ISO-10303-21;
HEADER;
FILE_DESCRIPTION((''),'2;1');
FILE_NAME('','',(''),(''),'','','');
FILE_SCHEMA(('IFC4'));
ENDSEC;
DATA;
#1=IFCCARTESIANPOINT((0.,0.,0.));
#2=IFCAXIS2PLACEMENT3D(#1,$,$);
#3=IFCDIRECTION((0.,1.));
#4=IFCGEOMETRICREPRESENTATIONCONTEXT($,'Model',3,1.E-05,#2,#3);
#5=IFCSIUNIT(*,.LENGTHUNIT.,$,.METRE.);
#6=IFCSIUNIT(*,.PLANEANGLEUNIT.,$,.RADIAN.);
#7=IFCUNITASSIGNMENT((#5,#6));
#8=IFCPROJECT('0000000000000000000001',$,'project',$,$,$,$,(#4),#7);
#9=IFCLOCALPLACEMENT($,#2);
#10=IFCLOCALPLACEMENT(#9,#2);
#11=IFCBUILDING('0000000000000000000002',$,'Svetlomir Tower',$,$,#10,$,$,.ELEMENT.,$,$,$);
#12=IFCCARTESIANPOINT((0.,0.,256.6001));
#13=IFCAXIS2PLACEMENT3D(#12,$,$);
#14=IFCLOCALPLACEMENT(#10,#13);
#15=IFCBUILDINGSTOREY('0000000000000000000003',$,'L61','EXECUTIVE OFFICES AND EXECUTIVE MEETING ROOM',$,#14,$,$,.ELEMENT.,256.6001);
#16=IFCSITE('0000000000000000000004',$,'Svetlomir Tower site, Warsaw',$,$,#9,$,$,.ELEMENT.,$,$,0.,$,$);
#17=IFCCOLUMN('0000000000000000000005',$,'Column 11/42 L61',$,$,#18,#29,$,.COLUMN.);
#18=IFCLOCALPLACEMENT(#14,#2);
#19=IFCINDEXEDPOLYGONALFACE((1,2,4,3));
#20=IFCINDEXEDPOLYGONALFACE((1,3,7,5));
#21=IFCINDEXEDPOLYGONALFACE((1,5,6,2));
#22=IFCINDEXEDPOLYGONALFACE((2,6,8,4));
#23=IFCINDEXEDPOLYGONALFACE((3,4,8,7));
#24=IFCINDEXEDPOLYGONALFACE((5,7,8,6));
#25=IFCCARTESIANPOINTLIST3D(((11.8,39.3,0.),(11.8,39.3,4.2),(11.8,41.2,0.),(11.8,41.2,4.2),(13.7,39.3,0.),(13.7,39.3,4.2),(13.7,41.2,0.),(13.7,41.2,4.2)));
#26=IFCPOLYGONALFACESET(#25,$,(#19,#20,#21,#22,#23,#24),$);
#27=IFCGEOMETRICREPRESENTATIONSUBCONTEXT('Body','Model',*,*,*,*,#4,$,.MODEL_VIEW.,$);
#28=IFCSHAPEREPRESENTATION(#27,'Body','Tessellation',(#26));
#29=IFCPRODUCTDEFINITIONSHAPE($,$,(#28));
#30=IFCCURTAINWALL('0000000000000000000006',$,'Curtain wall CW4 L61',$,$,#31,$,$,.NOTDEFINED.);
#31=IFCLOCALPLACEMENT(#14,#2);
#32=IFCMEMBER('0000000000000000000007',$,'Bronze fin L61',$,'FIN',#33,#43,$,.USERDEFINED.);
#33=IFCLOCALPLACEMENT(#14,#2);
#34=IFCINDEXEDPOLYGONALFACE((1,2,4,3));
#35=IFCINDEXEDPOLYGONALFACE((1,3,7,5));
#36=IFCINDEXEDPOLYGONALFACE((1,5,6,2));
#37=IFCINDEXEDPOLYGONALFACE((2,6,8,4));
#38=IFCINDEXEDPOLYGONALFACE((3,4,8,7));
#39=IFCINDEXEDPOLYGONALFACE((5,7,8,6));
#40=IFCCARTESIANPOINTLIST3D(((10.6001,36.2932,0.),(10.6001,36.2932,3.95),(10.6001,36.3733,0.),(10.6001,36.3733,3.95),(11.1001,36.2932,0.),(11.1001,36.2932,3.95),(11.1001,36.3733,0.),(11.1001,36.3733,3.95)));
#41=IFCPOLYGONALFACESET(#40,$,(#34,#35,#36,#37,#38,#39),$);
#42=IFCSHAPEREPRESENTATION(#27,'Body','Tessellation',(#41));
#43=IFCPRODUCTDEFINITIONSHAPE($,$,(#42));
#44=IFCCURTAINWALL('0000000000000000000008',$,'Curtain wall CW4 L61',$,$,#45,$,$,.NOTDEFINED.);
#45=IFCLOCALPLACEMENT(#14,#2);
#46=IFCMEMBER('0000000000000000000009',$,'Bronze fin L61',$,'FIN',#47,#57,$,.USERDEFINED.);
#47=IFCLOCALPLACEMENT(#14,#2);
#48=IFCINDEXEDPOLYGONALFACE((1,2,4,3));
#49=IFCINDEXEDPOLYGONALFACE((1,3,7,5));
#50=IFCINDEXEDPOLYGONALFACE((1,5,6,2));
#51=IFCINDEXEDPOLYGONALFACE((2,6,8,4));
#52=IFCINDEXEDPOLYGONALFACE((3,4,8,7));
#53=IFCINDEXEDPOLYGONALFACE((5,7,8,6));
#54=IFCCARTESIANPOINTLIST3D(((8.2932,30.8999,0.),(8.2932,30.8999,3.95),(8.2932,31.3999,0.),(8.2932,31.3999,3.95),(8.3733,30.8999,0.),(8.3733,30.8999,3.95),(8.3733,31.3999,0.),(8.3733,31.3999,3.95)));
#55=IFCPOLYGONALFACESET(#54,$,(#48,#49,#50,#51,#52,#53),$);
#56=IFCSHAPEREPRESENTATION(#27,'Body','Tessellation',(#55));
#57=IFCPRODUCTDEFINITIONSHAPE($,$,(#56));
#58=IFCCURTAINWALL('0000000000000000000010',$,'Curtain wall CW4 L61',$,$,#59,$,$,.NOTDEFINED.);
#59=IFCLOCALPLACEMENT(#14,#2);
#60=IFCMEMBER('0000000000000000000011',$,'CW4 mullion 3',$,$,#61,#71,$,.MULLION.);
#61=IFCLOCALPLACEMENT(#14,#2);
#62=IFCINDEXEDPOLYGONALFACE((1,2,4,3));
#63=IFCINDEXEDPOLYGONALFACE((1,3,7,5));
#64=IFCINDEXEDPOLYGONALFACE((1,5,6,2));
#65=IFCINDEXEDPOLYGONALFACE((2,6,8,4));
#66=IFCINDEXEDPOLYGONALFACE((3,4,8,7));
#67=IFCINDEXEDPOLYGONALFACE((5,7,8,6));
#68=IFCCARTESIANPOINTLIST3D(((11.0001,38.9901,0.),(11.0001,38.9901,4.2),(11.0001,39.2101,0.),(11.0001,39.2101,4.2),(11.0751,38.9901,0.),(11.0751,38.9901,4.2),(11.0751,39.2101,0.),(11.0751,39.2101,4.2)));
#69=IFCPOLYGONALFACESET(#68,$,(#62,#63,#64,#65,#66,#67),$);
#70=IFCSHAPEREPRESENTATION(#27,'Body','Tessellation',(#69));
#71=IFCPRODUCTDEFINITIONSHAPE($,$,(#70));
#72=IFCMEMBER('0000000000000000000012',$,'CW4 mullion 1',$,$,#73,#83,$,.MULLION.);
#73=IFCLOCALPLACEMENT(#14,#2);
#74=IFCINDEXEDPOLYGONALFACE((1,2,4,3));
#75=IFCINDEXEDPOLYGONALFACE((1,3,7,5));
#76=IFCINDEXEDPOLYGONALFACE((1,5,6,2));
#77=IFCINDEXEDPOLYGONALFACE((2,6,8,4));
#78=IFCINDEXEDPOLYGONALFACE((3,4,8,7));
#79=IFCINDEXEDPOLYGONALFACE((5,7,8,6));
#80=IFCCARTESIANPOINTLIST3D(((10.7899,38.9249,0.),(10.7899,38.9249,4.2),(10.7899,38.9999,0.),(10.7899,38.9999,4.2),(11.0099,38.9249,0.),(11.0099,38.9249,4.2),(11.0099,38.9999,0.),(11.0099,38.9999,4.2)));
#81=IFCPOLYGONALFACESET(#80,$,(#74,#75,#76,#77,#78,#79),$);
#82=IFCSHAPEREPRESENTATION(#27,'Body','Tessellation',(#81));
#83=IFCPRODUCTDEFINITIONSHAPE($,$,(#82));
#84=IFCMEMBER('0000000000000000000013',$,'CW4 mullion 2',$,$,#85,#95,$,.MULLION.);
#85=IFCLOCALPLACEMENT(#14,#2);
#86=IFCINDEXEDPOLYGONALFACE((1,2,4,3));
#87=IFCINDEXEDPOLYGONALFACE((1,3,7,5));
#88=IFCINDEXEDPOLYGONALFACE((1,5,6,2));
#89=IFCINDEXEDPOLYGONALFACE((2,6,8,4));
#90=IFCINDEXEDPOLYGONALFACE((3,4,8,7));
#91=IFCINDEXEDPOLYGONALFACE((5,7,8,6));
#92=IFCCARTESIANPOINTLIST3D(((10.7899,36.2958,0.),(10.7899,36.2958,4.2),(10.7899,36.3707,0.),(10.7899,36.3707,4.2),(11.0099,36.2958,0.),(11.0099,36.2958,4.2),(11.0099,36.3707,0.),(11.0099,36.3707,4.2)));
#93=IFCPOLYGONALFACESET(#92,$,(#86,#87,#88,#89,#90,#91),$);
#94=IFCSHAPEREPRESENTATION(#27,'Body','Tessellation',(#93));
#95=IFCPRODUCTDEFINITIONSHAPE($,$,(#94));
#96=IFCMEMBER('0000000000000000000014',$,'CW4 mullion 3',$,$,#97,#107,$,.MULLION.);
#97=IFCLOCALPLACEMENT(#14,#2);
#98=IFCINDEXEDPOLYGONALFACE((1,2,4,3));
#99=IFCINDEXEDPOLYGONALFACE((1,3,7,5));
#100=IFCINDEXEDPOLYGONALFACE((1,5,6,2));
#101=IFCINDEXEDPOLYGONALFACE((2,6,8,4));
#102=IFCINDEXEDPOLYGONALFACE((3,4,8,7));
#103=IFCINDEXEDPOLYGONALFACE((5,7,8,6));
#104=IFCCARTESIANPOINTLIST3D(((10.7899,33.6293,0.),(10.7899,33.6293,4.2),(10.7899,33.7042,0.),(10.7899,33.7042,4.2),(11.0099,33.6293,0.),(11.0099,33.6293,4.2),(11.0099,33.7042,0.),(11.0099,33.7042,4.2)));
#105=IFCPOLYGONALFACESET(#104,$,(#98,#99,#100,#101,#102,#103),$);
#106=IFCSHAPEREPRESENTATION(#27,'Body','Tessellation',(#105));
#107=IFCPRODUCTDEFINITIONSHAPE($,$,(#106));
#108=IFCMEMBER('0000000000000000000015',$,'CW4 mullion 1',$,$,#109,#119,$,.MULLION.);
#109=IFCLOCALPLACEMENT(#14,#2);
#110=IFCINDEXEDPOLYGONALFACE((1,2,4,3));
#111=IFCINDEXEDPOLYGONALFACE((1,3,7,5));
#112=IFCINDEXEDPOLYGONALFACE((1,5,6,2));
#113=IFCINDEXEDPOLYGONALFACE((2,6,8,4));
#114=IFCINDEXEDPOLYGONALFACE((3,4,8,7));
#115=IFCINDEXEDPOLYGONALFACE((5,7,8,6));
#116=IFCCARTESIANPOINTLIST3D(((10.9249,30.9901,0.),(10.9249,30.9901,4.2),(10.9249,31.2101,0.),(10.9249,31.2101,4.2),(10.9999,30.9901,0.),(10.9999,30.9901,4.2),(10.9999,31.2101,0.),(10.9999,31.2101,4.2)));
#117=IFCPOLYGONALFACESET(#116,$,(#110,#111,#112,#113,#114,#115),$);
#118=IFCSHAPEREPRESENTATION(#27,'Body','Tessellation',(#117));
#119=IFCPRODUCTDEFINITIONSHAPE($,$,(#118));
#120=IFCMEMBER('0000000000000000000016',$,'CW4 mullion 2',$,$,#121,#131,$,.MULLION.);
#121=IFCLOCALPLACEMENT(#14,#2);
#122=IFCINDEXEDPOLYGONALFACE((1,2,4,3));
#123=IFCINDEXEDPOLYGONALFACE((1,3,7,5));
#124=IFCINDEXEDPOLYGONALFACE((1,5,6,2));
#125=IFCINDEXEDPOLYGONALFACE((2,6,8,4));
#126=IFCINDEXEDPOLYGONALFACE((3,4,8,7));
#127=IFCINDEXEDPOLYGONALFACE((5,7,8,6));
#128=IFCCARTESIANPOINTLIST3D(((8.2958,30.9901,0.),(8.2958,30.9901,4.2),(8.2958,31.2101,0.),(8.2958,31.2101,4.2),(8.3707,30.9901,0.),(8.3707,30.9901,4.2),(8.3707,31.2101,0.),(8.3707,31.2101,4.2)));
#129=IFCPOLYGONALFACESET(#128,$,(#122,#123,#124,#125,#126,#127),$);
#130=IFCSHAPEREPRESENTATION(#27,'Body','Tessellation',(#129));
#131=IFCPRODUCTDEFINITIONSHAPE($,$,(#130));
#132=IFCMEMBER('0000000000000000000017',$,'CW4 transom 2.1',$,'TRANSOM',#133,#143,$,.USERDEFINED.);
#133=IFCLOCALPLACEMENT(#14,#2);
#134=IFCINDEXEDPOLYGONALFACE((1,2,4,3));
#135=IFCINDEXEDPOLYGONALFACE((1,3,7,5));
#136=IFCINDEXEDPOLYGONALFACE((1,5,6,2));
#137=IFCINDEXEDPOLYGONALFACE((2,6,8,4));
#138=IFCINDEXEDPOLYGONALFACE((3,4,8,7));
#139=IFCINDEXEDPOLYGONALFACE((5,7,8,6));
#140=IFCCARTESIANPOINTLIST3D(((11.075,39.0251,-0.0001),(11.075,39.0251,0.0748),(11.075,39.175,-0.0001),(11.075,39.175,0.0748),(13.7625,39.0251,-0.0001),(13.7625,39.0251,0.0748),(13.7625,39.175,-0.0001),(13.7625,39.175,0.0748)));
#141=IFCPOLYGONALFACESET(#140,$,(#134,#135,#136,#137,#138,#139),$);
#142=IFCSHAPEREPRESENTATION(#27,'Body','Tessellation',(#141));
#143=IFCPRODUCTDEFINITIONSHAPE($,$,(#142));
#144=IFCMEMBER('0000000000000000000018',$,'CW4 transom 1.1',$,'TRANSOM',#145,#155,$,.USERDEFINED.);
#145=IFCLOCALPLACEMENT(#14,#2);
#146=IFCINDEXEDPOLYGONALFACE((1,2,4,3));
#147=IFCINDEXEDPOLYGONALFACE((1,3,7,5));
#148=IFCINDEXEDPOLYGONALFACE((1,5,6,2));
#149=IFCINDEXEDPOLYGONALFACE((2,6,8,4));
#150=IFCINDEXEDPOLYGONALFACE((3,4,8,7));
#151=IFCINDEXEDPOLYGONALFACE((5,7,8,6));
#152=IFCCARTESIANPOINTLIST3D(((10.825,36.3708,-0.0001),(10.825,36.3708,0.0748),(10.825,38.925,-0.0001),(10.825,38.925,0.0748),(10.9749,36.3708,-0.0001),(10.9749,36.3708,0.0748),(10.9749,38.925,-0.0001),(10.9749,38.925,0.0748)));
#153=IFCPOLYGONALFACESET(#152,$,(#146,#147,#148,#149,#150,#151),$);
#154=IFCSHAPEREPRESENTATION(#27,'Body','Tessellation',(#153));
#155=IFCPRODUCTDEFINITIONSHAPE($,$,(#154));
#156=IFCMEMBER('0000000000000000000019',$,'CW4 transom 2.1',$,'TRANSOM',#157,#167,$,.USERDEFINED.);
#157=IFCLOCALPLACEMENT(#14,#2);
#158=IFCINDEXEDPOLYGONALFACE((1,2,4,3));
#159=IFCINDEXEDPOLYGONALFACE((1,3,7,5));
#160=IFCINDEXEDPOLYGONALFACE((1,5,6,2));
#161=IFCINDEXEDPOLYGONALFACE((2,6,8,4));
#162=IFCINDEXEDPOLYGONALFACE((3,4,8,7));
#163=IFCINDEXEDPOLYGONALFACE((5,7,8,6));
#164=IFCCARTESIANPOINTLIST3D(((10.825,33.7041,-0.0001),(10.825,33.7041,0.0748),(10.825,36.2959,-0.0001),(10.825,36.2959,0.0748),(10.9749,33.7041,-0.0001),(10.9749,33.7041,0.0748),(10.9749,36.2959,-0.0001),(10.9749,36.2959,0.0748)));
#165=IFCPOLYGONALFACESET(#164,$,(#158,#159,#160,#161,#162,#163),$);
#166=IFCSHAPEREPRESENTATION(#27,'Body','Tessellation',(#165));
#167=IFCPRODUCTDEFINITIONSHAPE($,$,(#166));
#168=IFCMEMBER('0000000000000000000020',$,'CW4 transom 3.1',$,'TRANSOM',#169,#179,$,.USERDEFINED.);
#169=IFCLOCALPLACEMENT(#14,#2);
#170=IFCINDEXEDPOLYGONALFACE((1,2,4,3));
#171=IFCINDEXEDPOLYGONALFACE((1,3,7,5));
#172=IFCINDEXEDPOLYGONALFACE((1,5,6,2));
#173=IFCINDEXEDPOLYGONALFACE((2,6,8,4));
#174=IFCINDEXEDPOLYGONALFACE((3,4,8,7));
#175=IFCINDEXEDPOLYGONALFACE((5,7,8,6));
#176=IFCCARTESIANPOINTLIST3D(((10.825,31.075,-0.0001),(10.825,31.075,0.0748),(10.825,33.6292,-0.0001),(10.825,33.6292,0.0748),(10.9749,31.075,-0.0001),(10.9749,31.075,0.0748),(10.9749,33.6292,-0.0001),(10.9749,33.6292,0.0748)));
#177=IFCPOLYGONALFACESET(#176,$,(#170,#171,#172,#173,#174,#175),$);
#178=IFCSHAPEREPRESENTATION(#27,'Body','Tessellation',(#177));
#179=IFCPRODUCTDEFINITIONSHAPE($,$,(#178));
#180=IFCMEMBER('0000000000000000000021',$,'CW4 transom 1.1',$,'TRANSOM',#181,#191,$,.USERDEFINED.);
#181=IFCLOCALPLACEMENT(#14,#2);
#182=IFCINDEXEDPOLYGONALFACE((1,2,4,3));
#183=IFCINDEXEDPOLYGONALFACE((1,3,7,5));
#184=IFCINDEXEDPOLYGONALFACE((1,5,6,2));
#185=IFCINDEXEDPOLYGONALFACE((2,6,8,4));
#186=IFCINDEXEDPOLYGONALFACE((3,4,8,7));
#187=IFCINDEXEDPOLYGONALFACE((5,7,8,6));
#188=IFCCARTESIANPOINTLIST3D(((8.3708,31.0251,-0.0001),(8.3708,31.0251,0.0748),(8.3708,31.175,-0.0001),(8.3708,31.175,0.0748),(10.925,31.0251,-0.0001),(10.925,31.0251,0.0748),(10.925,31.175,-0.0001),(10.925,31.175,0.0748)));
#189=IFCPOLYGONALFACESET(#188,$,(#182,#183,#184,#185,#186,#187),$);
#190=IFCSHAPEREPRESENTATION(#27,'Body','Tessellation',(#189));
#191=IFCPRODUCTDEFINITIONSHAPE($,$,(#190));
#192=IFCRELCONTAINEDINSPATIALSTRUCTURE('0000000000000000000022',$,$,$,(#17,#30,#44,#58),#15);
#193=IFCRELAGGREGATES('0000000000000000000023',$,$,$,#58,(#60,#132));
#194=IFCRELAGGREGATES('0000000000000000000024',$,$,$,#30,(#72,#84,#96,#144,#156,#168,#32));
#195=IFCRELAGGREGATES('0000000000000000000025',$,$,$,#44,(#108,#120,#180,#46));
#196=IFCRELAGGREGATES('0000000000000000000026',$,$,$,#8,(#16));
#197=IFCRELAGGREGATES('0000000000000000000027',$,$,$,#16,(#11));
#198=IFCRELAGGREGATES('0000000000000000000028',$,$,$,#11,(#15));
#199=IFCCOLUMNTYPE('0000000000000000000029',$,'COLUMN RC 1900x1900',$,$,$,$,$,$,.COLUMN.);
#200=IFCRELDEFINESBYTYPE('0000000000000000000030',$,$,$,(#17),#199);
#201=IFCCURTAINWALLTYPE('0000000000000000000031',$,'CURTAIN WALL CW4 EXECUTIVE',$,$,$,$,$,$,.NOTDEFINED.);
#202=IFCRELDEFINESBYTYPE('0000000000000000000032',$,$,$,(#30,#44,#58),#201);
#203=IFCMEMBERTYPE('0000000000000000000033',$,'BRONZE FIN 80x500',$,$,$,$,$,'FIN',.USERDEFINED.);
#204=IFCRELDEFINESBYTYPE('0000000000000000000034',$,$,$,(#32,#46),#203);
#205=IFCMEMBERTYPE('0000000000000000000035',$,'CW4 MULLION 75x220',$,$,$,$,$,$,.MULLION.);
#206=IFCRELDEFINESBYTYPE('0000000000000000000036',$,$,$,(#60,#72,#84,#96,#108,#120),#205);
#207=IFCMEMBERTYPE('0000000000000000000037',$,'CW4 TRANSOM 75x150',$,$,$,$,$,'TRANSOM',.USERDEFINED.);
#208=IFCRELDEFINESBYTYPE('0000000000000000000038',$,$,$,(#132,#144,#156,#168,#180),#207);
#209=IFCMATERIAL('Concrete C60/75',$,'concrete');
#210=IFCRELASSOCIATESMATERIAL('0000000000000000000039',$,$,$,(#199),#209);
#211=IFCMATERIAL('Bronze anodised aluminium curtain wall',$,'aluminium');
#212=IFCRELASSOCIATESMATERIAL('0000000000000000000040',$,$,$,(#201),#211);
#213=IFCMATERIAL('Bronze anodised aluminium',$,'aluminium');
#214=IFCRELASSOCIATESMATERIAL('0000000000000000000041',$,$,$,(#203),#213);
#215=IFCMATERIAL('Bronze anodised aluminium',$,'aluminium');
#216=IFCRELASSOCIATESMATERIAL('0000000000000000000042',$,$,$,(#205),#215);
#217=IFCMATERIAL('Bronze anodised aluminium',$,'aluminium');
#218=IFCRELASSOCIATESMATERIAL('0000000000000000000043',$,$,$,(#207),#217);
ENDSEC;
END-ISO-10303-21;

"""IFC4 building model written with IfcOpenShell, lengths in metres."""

from ifc_helpers import new_model, si_unit, direction, frame, origin, origin_2d, place, context, subcontext, project, spatial, rectangle, extrude, material, material_profile, profile_set, type_object, element, aggregate, save


model = new_model("IFC4")

# Units and contexts
model_context = context("Model", 3, precision=1e-05, world=origin(), true_north=direction((0.0, 1.0)))
body_context = subcontext(model_context, "Body", "Model", "MODEL_VIEW")
ifc_project = project(units=[si_unit("LENGTHUNIT", "METRE"), si_unit("PLANEANGLEUNIT", "RADIAN")], contexts=[model_context])

# Site, building, storey
site_placement = place(None, origin())
site = spatial("IfcSite", under=ifc_project, at=site_placement, Name="Svetlomir Tower site, Warsaw", CompositionType="ELEMENT", RefElevation=0.0)
building_placement = place(site_placement, origin())
building = spatial("IfcBuilding", under=site, at=building_placement, Name="Svetlomir Tower", CompositionType="ELEMENT")
storey_placement = place(building_placement, frame((0.0, 0.0, 256.6001)))
storey = spatial("IfcBuildingStorey", under=building, at=storey_placement, Name="L61", Description="EXECUTIVE OFFICES AND EXECUTIVE MEETING ROOM", CompositionType="ELEMENT", Elevation=256.6001)

# Column
ifc_material_1 = material(Name="Concrete C60/75", Category="concrete")
ifc_material_profile_1 = material_profile(ifc_material_1, rectangle(XDim=1.8999, YDim=1.8999, at=origin_2d()), Name="RC 1900x1900")
ifc_profile_set_1 = profile_set([ifc_material_profile_1], Name="Concrete C60/75")
column_type = type_object("IfcColumnType", Name="COLUMN RC 1900x1900", PredefinedType="COLUMN", material=ifc_profile_set_1)
column_placement = place(storey_placement, frame((12.75, 40.25, 0.0), z_axis=(0.0, 0.0, 1.0), x_axis=(1.0, 0.0, 0.0)))
element("IfcColumn", 1, at=column_placement, inside=storey, type_object=column_type, Name="Column 11/42 L61", PredefinedType="COLUMN", context=body_context, shape_type="SweptSolid", body=[
    extrude(rectangle(XDim=1.8999, YDim=1.8999, at=origin_2d()), origin(), (0.0, 0.0, 1.0), 4.2),
])

# Curtain walls, members
ifc_material_2 = material(Name="Bronze anodised aluminium curtain wall", Category="aluminium")
curtain_wall_type = type_object("IfcCurtainWallType", Name="CURTAIN WALL CW4 EXECUTIVE", PredefinedType="NOTDEFINED", material=ifc_material_2)
curtain_wall_1_placement = place(storey_placement, origin())
curtain_wall_1 = element("IfcCurtainWall", 2, at=curtain_wall_1_placement, inside=storey, type_object=curtain_wall_type, Name="Curtain wall CW4 L61", PredefinedType="NOTDEFINED")
ifc_material_3 = material(Name="Bronze anodised aluminium", Category="aluminium")
ifc_material_profile_2 = material_profile(ifc_material_3, rectangle(XDim=0.0801, YDim=0.5, at=origin_2d()), Name="FIN 80x500")
ifc_profile_set_2 = profile_set([ifc_material_profile_2], Name="Bronze anodised aluminium 6063-T6")
member_type_1 = type_object("IfcMemberType", Name="BRONZE FIN 80x500", ElementType="FIN", PredefinedType="USERDEFINED", material=ifc_profile_set_2)
member_1_placement = place(storey_placement, frame((10.8501, 36.3333, 0.0), z_axis=(0.0, 0.0, 1.0), x_axis=(0.0, 1.0, 0.0)))
member_1 = element("IfcMember", 3, at=member_1_placement, type_object=member_type_1, Name="Bronze fin L61", ObjectType="FIN", PredefinedType="USERDEFINED", context=body_context, shape_type="SweptSolid", body=[
    extrude(rectangle(XDim=0.0801, YDim=0.5, at=origin_2d()), origin(), (0.0, 0.0, 1.0), 3.95),
])
curtain_wall_2_placement = place(storey_placement, origin())
curtain_wall_2 = element("IfcCurtainWall", 4, at=curtain_wall_2_placement, inside=storey, type_object=curtain_wall_type, Name="Curtain wall CW4 L61", PredefinedType="NOTDEFINED")
member_2_placement = place(storey_placement, frame((8.3333, 31.1499, 0.0), z_axis=(0.0, 0.0, 1.0), x_axis=(1.0, 0.0, 0.0)))
member_2 = element("IfcMember", 5, at=member_2_placement, type_object=member_type_1, Name="Bronze fin L61", ObjectType="FIN", PredefinedType="USERDEFINED", context=body_context, shape_type="SweptSolid", body=[
    extrude(rectangle(XDim=0.0801, YDim=0.5, at=origin_2d()), origin(), (0.0, 0.0, 1.0), 3.95),
])
curtain_wall_3_placement = place(storey_placement, origin())
curtain_wall_3 = element("IfcCurtainWall", 6, at=curtain_wall_3_placement, inside=storey, type_object=curtain_wall_type, Name="Curtain wall CW4 L61", PredefinedType="NOTDEFINED")
ifc_material_4 = material(Name="Bronze anodised aluminium", Category="aluminium")
ifc_material_profile_3 = material_profile(ifc_material_4, rectangle(XDim=0.075, YDim=0.22, at=origin_2d()), Name="AL 75x220")
ifc_profile_set_3 = profile_set([ifc_material_profile_3], Name="Bronze anodised aluminium 6063-T6")
member_type_2 = type_object("IfcMemberType", Name="CW4 MULLION 75x220", PredefinedType="MULLION", material=ifc_profile_set_3)
member_3_placement = place(storey_placement, frame((11.0376, 39.1001, 0.0), z_axis=(0.0, 0.0, 1.0), x_axis=(-1.0, 0.0, 0.0)))
member_3 = element("IfcMember", 7, at=member_3_placement, type_object=member_type_2, Name="CW4 mullion 3", PredefinedType="MULLION", context=body_context, shape_type="SweptSolid", body=[
    extrude(rectangle(XDim=0.075, YDim=0.22, at=origin_2d()), origin(), (0.0, 0.0, 1.0), 4.2),
])

# Members
member_4_placement = place(storey_placement, frame((10.8999, 38.9624, 0.0), z_axis=(0.0, 0.0, 1.0), x_axis=(0.0, -1.0, 0.0)))
member_4 = element("IfcMember", 8, at=member_4_placement, type_object=member_type_2, Name="CW4 mullion 1", PredefinedType="MULLION", context=body_context, shape_type="SweptSolid", body=[
    extrude(rectangle(XDim=0.075, YDim=0.22, at=origin_2d()), origin(), (0.0, 0.0, 1.0), 4.2),
])
member_5_placement = place(storey_placement, frame((10.8999, 36.3333, 0.0), z_axis=(0.0, 0.0, 1.0), x_axis=(0.0, -1.0, 0.0)))
member_5 = element("IfcMember", 9, at=member_5_placement, type_object=member_type_2, Name="CW4 mullion 2", PredefinedType="MULLION", context=body_context, shape_type="SweptSolid", body=[
    extrude(rectangle(XDim=0.075, YDim=0.22, at=origin_2d()), origin(), (0.0, 0.0, 1.0), 4.2),
])
member_6_placement = place(storey_placement, frame((10.8999, 33.6667, 0.0), z_axis=(0.0, 0.0, 1.0), x_axis=(0.0, -1.0, 0.0)))
member_6 = element("IfcMember", 10, at=member_6_placement, type_object=member_type_2, Name="CW4 mullion 3", PredefinedType="MULLION", context=body_context, shape_type="SweptSolid", body=[
    extrude(rectangle(XDim=0.075, YDim=0.22, at=origin_2d()), origin(), (0.0, 0.0, 1.0), 4.2),
])
member_7_placement = place(storey_placement, frame((10.9624, 31.1001, 0.0), z_axis=(0.0, 0.0, 1.0), x_axis=(-1.0, 0.0, 0.0)))
member_7 = element("IfcMember", 11, at=member_7_placement, type_object=member_type_2, Name="CW4 mullion 1", PredefinedType="MULLION", context=body_context, shape_type="SweptSolid", body=[
    extrude(rectangle(XDim=0.075, YDim=0.22, at=origin_2d()), origin(), (0.0, 0.0, 1.0), 4.2),
])
member_8_placement = place(storey_placement, frame((8.3333, 31.1001, 0.0), z_axis=(0.0, 0.0, 1.0), x_axis=(-1.0, 0.0, 0.0)))
member_8 = element("IfcMember", 12, at=member_8_placement, type_object=member_type_2, Name="CW4 mullion 2", PredefinedType="MULLION", context=body_context, shape_type="SweptSolid", body=[
    extrude(rectangle(XDim=0.075, YDim=0.22, at=origin_2d()), origin(), (0.0, 0.0, 1.0), 4.2),
])
ifc_material_5 = material(Name="Bronze anodised aluminium", Category="aluminium")
ifc_material_profile_4 = material_profile(ifc_material_5, rectangle(XDim=0.1499, YDim=0.075, at=origin_2d()), Name="AL 150x75")
ifc_profile_set_4 = profile_set([ifc_material_profile_4], Name="Bronze anodised aluminium 6063-T6")
member_type_3 = type_object("IfcMemberType", Name="CW4 TRANSOM 75x150", ElementType="TRANSOM", PredefinedType="USERDEFINED", material=ifc_profile_set_4)
member_9_placement = place(storey_placement, frame((13.7625, 39.1001, 0.0374), z_axis=(-1.0, 0.0, 0.0), x_axis=(0.0, -1.0, 0.0)))
member_9 = element("IfcMember", 13, at=member_9_placement, type_object=member_type_3, Name="CW4 transom 2.1", ObjectType="TRANSOM", PredefinedType="USERDEFINED", context=body_context, shape_type="SweptSolid", body=[
    extrude(rectangle(XDim=0.1499, YDim=0.075, at=origin_2d()), origin(), (0.0, 0.0, 1.0), 2.6875),
])
member_10_placement = place(storey_placement, frame((10.8999, 38.925, 0.0374), z_axis=(0.0, -1.0, 0.0), x_axis=(1.0, 0.0, 0.0)))
member_10 = element("IfcMember", 14, at=member_10_placement, type_object=member_type_3, Name="CW4 transom 1.1", ObjectType="TRANSOM", PredefinedType="USERDEFINED", context=body_context, shape_type="SweptSolid", body=[
    extrude(rectangle(XDim=0.1499, YDim=0.075, at=origin_2d()), origin(), (0.0, 0.0, 1.0), 2.5542),
])
member_11_placement = place(storey_placement, frame((10.8999, 36.2959, 0.0374), z_axis=(0.0, -1.0, 0.0), x_axis=(1.0, 0.0, 0.0)))
member_11 = element("IfcMember", 15, at=member_11_placement, type_object=member_type_3, Name="CW4 transom 2.1", ObjectType="TRANSOM", PredefinedType="USERDEFINED", context=body_context, shape_type="SweptSolid", body=[
    extrude(rectangle(XDim=0.1499, YDim=0.075, at=origin_2d()), origin(), (0.0, 0.0, 1.0), 2.5918),
])
member_12_placement = place(storey_placement, frame((10.8999, 33.6292, 0.0374), z_axis=(0.0, -1.0, 0.0), x_axis=(1.0, 0.0, 0.0)))
member_12 = element("IfcMember", 16, at=member_12_placement, type_object=member_type_3, Name="CW4 transom 3.1", ObjectType="TRANSOM", PredefinedType="USERDEFINED", context=body_context, shape_type="SweptSolid", body=[
    extrude(rectangle(XDim=0.1499, YDim=0.075, at=origin_2d()), origin(), (0.0, 0.0, 1.0), 2.5542),
])
member_13_placement = place(storey_placement, frame((10.925, 31.1001, 0.0374), z_axis=(-1.0, 0.0, 0.0), x_axis=(0.0, -1.0, 0.0)))
member_13 = element("IfcMember", 17, at=member_13_placement, type_object=member_type_3, Name="CW4 transom 1.1", ObjectType="TRANSOM", PredefinedType="USERDEFINED", context=body_context, shape_type="SweptSolid", body=[
    extrude(rectangle(XDim=0.1499, YDim=0.075, at=origin_2d()), origin(), (0.0, 0.0, 1.0), 2.5542),
])

aggregate(curtain_wall_3, [member_3, member_9])
aggregate(curtain_wall_1, [member_4, member_5, member_6, member_10, member_11, member_12, member_1])
aggregate(curtain_wall_2, [member_7, member_8, member_13, member_2])

save(model, "model.ifc")
